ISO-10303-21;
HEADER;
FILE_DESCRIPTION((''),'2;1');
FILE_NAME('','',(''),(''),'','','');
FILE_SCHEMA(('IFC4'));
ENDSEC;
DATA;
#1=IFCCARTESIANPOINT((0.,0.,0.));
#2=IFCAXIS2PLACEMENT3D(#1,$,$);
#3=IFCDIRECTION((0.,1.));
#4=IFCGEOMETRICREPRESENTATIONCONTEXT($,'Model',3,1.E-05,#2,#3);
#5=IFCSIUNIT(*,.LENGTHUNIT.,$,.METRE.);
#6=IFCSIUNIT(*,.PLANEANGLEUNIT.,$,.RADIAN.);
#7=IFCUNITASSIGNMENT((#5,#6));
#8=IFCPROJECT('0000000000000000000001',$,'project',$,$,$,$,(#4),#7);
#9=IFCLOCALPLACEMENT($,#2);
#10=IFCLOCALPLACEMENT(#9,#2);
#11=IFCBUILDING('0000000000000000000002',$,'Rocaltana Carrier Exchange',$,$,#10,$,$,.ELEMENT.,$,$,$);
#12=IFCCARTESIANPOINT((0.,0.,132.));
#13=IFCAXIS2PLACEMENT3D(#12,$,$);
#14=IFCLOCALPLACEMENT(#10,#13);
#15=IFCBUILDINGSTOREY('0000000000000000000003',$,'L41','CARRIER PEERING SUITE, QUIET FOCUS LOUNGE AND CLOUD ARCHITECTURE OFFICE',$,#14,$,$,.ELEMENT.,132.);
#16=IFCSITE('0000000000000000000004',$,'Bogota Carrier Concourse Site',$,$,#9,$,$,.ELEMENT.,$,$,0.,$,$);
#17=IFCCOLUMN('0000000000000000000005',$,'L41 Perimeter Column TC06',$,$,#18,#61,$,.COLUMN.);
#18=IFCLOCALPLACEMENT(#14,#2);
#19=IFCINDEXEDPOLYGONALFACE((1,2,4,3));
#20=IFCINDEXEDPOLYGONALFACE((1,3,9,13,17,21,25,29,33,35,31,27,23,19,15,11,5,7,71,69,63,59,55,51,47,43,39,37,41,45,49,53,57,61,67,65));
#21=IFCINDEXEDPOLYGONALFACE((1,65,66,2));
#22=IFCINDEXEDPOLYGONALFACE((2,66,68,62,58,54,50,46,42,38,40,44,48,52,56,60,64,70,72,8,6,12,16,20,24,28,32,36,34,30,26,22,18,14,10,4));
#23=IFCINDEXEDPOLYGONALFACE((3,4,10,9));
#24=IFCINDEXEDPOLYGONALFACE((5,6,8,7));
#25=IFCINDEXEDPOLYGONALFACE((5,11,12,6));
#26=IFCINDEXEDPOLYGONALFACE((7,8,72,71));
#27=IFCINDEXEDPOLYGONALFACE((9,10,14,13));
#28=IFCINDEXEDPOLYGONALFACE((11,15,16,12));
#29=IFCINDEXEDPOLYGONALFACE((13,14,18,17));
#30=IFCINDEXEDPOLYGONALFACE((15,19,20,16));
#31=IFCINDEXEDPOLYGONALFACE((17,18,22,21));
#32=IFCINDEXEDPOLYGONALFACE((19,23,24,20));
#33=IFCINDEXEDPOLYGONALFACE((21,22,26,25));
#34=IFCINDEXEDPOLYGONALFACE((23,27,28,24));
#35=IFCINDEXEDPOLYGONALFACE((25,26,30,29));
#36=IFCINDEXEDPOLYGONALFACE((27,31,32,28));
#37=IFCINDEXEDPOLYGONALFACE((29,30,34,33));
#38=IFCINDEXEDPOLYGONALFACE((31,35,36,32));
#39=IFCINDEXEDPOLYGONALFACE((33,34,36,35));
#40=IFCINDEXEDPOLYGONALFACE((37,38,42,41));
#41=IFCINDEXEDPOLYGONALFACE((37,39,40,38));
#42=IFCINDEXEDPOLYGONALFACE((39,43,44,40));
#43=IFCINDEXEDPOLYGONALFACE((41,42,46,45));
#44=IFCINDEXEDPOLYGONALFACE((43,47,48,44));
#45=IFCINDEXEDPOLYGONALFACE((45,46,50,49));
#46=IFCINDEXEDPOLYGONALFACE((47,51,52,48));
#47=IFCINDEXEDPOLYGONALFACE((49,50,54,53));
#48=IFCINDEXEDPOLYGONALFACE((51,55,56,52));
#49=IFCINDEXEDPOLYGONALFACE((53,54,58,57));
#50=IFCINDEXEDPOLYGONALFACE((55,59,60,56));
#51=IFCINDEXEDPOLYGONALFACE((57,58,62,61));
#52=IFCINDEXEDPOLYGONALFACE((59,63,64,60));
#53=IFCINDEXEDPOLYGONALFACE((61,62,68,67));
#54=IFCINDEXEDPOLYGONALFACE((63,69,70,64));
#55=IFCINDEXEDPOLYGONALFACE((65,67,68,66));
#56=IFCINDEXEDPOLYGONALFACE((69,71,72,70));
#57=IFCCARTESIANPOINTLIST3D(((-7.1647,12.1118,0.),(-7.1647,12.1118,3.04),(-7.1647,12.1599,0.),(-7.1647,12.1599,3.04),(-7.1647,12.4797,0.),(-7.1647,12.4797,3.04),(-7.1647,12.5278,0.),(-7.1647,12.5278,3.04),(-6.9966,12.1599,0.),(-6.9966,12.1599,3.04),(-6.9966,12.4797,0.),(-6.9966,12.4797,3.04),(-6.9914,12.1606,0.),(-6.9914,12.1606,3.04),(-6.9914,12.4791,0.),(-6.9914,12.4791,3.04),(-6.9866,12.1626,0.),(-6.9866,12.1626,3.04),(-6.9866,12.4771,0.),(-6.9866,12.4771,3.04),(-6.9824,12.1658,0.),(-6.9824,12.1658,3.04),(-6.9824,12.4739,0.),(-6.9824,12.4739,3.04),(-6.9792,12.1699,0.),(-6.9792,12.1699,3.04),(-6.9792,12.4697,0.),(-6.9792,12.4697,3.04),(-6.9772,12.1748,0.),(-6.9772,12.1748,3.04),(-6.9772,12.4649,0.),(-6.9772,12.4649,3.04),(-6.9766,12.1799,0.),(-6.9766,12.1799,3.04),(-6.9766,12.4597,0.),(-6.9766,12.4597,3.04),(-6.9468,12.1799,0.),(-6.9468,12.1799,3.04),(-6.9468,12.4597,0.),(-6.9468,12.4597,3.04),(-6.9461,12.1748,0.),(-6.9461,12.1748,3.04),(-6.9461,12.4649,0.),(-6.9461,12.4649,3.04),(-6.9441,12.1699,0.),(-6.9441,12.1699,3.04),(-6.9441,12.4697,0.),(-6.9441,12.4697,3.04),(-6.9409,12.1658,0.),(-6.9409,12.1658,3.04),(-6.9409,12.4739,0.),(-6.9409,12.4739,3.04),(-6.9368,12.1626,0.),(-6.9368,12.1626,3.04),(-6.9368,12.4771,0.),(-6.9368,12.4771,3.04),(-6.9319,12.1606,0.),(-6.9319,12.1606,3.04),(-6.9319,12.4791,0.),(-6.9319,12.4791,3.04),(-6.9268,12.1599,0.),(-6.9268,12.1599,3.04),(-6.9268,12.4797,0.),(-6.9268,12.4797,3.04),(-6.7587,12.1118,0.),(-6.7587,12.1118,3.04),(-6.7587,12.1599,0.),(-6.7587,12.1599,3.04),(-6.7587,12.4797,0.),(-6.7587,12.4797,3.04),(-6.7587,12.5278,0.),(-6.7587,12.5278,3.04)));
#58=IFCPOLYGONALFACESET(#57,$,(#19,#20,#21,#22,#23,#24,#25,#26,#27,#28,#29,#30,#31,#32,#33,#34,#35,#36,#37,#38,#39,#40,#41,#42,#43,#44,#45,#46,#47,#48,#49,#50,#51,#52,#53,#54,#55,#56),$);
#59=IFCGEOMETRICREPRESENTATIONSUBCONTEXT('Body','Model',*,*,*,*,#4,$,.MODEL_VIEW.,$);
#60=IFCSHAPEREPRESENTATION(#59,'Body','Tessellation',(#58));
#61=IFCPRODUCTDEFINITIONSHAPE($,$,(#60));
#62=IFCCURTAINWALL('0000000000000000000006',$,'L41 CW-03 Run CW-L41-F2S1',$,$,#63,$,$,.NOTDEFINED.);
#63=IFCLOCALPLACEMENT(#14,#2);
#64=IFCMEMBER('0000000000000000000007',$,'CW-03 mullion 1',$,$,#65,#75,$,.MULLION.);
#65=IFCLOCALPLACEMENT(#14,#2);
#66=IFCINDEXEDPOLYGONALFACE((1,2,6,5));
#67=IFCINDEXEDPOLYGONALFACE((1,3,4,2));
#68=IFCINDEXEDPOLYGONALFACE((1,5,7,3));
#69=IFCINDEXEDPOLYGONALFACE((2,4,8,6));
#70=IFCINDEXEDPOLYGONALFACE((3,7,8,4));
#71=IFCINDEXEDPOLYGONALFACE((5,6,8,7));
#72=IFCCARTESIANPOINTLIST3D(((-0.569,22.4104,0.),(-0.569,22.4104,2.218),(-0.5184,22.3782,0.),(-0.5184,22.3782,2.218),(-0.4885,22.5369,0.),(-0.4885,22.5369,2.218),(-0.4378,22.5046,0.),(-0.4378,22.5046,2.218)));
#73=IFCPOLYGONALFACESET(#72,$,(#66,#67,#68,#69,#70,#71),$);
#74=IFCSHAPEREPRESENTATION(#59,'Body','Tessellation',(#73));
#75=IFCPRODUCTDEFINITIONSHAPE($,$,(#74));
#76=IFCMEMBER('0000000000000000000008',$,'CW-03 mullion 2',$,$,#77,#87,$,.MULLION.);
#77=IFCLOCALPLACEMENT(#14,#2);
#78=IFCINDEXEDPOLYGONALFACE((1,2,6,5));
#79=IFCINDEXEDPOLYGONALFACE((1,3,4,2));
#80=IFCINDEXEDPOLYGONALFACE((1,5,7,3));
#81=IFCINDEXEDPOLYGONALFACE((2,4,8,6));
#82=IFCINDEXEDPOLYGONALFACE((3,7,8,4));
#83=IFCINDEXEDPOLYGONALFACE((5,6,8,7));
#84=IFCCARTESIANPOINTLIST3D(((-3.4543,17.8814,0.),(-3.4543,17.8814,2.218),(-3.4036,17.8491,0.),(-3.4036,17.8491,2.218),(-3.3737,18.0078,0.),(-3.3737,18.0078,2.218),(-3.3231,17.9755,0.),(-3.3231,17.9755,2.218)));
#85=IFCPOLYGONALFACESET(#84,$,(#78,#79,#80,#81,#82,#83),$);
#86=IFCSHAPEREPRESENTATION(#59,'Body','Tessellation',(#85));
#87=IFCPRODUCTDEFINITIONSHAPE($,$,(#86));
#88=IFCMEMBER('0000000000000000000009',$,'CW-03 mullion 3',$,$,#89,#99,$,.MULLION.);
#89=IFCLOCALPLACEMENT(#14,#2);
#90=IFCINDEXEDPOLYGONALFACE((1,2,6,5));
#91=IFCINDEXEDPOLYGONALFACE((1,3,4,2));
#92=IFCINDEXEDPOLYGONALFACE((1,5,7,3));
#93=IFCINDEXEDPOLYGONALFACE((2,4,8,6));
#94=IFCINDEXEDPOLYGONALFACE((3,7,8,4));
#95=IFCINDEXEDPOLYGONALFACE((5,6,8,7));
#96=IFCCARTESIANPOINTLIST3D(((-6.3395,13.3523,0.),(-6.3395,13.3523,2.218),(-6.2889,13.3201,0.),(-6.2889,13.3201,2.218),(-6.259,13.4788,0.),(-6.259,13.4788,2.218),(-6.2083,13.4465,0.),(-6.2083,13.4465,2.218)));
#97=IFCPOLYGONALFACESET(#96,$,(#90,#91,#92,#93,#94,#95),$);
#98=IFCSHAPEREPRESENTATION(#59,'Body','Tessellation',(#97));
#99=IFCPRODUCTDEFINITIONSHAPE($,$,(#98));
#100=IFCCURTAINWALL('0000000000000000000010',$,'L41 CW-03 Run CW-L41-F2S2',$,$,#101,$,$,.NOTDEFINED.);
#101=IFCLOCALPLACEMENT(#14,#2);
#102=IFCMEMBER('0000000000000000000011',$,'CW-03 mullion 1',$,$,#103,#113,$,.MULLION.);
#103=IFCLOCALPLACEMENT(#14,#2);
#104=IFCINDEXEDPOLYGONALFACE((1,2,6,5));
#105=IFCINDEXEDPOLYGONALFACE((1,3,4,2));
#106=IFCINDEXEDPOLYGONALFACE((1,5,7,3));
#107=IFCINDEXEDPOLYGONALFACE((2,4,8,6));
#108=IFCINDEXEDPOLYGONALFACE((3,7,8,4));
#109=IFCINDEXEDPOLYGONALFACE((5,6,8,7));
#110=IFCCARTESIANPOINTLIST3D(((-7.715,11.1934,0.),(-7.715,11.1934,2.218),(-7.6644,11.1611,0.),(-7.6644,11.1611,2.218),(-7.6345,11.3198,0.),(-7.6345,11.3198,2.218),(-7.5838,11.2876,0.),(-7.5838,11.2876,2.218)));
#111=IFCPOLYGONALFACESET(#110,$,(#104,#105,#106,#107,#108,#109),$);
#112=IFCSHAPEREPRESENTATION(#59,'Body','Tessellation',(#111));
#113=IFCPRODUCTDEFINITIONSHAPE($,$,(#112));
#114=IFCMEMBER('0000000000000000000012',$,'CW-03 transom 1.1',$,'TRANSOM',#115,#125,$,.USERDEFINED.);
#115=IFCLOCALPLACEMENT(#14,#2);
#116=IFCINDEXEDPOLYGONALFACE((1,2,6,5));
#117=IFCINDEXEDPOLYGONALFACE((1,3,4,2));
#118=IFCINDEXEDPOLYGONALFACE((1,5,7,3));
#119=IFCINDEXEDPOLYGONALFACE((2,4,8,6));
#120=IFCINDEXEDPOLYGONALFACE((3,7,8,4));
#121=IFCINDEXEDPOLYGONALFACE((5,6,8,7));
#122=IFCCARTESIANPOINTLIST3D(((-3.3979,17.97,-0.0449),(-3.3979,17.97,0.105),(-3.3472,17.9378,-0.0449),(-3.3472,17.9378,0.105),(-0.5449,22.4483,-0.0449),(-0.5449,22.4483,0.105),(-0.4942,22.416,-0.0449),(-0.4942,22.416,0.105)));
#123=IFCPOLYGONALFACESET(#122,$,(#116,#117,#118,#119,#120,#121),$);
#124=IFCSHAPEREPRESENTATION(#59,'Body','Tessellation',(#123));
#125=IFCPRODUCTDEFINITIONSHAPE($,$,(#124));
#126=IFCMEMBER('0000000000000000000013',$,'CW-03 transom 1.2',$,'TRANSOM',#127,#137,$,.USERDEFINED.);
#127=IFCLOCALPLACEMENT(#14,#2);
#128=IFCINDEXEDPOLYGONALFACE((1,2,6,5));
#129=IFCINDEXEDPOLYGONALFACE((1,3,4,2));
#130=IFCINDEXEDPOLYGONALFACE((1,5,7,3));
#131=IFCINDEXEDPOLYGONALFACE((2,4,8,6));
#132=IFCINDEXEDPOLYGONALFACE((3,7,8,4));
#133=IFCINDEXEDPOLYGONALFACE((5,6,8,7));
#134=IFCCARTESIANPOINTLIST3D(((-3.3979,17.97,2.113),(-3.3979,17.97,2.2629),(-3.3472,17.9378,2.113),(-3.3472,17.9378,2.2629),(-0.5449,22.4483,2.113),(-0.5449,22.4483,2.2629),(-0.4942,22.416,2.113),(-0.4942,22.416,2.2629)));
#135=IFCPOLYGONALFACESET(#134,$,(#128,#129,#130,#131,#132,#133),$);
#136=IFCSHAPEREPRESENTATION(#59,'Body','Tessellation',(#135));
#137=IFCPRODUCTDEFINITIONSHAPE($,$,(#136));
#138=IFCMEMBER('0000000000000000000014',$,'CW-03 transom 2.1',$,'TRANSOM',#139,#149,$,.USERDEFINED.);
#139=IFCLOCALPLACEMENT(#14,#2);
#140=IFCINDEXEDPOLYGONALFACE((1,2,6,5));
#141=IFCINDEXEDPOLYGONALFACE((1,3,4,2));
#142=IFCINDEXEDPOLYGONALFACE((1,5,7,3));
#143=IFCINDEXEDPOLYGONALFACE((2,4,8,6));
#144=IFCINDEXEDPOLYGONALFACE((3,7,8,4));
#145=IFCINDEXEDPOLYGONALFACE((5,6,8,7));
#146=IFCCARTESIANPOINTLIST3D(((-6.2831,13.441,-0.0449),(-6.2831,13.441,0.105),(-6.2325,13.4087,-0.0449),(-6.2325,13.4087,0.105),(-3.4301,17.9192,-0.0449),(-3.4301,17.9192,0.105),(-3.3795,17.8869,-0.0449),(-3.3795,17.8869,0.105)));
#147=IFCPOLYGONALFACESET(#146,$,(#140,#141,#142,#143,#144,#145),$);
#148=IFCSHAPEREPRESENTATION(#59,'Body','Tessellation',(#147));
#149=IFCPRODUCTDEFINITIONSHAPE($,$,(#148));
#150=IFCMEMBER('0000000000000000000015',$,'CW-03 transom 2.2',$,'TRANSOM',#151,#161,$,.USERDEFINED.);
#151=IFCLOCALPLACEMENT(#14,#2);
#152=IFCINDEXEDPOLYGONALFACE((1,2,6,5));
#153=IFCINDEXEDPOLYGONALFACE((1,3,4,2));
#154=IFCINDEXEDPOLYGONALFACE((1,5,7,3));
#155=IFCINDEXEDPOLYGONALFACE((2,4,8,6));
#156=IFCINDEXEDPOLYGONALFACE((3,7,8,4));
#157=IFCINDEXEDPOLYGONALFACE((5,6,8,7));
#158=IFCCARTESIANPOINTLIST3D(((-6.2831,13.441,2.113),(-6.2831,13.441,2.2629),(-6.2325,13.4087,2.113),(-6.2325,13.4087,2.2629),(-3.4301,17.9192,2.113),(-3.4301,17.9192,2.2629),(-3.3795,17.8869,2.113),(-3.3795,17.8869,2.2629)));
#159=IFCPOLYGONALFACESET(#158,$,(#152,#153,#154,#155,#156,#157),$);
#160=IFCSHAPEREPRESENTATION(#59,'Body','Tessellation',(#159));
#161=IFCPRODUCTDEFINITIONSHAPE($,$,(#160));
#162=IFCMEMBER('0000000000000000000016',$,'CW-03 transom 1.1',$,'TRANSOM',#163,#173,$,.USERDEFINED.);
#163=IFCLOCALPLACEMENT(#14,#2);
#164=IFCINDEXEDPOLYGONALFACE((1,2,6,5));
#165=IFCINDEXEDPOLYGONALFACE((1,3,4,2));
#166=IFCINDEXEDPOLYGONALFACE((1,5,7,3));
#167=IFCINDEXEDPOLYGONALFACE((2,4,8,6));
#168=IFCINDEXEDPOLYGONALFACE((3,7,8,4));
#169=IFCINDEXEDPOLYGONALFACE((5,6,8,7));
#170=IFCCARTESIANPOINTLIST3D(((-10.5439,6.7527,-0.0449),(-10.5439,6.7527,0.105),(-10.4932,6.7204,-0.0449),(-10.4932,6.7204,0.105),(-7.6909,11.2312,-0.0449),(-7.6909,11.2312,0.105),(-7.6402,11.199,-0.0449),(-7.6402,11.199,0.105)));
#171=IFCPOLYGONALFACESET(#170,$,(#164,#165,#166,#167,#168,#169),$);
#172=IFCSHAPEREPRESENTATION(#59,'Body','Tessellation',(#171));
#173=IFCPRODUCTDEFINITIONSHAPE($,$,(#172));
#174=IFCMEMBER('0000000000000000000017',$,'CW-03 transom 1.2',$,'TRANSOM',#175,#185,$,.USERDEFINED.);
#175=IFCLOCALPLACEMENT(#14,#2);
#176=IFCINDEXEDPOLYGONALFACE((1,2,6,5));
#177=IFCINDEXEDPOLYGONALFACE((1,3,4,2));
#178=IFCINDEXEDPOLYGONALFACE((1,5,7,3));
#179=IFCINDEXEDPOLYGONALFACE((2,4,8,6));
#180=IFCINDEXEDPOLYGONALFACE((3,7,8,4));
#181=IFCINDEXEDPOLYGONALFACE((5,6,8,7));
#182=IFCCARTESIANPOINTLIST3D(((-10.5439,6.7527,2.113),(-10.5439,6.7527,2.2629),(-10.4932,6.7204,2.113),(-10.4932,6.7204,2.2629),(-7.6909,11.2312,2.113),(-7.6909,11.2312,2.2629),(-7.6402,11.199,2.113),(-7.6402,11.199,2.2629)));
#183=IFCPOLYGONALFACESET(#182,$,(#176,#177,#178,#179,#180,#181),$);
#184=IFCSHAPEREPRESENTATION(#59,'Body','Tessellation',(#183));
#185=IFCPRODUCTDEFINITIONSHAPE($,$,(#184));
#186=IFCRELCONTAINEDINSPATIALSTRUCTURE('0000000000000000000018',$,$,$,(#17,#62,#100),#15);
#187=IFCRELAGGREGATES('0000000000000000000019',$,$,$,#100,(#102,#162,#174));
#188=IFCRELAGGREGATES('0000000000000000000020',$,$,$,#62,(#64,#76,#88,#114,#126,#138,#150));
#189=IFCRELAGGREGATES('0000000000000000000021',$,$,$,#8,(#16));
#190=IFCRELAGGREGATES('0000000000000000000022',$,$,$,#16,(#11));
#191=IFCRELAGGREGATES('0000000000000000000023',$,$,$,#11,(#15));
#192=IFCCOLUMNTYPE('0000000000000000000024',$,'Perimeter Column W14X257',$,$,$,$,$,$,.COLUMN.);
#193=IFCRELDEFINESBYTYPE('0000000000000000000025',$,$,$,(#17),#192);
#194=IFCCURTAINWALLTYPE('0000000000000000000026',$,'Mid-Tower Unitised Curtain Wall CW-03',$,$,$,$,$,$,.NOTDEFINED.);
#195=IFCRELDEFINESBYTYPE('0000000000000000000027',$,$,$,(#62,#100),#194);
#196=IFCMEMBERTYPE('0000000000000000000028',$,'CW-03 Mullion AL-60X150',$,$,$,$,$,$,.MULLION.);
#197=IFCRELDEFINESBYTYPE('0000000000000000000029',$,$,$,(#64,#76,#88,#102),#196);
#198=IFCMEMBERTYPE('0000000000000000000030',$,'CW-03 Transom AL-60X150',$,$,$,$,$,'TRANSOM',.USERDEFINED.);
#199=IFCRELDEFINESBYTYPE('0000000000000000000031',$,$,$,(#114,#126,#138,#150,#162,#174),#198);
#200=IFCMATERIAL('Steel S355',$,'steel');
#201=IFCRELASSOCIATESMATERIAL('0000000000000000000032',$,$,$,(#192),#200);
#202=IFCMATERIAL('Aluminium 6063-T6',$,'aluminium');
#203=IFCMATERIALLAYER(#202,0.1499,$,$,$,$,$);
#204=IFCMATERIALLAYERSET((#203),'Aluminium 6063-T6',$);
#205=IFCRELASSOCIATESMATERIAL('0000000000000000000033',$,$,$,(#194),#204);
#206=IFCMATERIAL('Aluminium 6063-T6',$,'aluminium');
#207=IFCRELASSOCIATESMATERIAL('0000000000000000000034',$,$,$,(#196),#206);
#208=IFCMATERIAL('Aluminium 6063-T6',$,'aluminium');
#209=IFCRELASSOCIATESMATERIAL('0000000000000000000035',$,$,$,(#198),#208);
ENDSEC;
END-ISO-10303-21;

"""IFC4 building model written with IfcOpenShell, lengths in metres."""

from ifc_helpers import new_model, si_unit, direction, frame, origin, origin_2d, place, context, subcontext, project, spatial, rectangle, i_section, extrude, material, layer, layer_set, material_profile, profile_set, type_object, element, aggregate, save


model = new_model("IFC4")

# Units and contexts
model_context = context("Model", 3, precision=1e-05, world=origin(), true_north=direction((0.0, 1.0)))
body_context = subcontext(model_context, "Body", "Model", "MODEL_VIEW")
ifc_project = project(units=[si_unit("LENGTHUNIT", "METRE"), si_unit("PLANEANGLEUNIT", "RADIAN")], contexts=[model_context])

# Site, building, storey
site_placement = place(None, origin())
site = spatial("IfcSite", under=ifc_project, at=site_placement, Name="Bogota Carrier Concourse Site", CompositionType="ELEMENT", RefElevation=0.0)
building_placement = place(site_placement, origin())
building = spatial("IfcBuilding", under=site, at=building_placement, Name="Rocaltana Carrier Exchange", CompositionType="ELEMENT")
storey_placement = place(building_placement, frame((0.0, 0.0, 132.0)))
storey = spatial("IfcBuildingStorey", under=building, at=storey_placement, Name="L41", Description="CARRIER PEERING SUITE, QUIET FOCUS LOUNGE AND CLOUD ARCHITECTURE OFFICE", CompositionType="ELEMENT", Elevation=132.0)

# Column
ifc_material_1 = material(Name="Steel S355", Category="steel")
ifc_material_profile_1 = material_profile(ifc_material_1, i_section(OverallWidth=0.406, OverallDepth=0.416, WebThickness=0.0298, FlangeThickness=0.0481, FilletRadius=0.02, at=origin_2d()), Name="W14X257")
ifc_profile_set_1 = profile_set([ifc_material_profile_1], Name="Steel S355")
column_type = type_object("IfcColumnType", Name="Perimeter Column W14X257", PredefinedType="COLUMN", material=ifc_profile_set_1)
column_placement = place(storey_placement, frame((-6.9617, 12.3198, 0.0), z_axis=(0.0, 0.0, 1.0), x_axis=(1.0, 0.0, 0.0)))
element("IfcColumn", 1, at=column_placement, inside=storey, type_object=column_type, Name="L41 Perimeter Column TC06", PredefinedType="COLUMN", context=body_context, shape_type="SweptSolid", body=[
    extrude(i_section(OverallWidth=0.406, OverallDepth=0.416, WebThickness=0.0298, FlangeThickness=0.0481, FilletRadius=0.02, at=origin_2d()), origin(), (0.0, 0.0, 1.0), 3.04),
])

# Curtain wall, members
ifc_material_2 = material(Name="Aluminium 6063-T6", Category="aluminium")
ifc_layer_1 = layer(ifc_material_2, 0.1499)
ifc_layer_set_1 = layer_set([ifc_layer_1], Name="Aluminium 6063-T6")
curtain_wall_type = type_object("IfcCurtainWallType", Name="Mid-Tower Unitised Curtain Wall CW-03", PredefinedType="NOTDEFINED", material=ifc_layer_set_1)
curtain_wall_1_placement = place(storey_placement, origin())
curtain_wall_1 = element("IfcCurtainWall", 2, at=curtain_wall_1_placement, inside=storey, type_object=curtain_wall_type, Name="L41 CW-03 Run CW-L41-F2S1", PredefinedType="NOTDEFINED")
ifc_material_3 = material(Name="Aluminium 6063-T6", Category="aluminium")
ifc_material_profile_2 = material_profile(ifc_material_3, rectangle(XDim=0.0601, YDim=0.1499, at=origin_2d()), Name="AL-60X150")
ifc_profile_set_2 = profile_set([ifc_material_profile_2], Name="Aluminium 6063-T6")
member_type_1 = type_object("IfcMemberType", Name="CW-03 Mullion AL-60X150", PredefinedType="MULLION", material=ifc_profile_set_2)
member_1_placement = place(storey_placement, frame((-0.5034, 22.4575, 0.0), z_axis=(0.0, 0.0, 1.0), x_axis=(0.843391, -0.537301, 0.0)))
member_1 = element("IfcMember", 3, at=member_1_placement, type_object=member_type_1, Name="CW-03 mullion 1", PredefinedType="MULLION", context=body_context, shape_type="SweptSolid", body=[
    extrude(rectangle(XDim=0.0601, YDim=0.1499, at=origin_2d()), origin(), (0.0, 0.0, 1.0), 2.218),
])
member_2_placement = place(storey_placement, frame((-3.3887, 17.9285, 0.0), z_axis=(0.0, 0.0, 1.0), x_axis=(0.843391, -0.537301, 0.0)))
member_2 = element("IfcMember", 4, at=member_2_placement, type_object=member_type_1, Name="CW-03 mullion 2", PredefinedType="MULLION", context=body_context, shape_type="SweptSolid", body=[
    extrude(rectangle(XDim=0.0601, YDim=0.1499, at=origin_2d()), origin(), (0.0, 0.0, 1.0), 2.218),
])
member_3_placement = place(storey_placement, frame((-6.2739, 13.3994, 0.0), z_axis=(0.0, 0.0, 1.0), x_axis=(0.843391, -0.537301, 0.0)))
member_3 = element("IfcMember", 5, at=member_3_placement, type_object=member_type_1, Name="CW-03 mullion 3", PredefinedType="MULLION", context=body_context, shape_type="SweptSolid", body=[
    extrude(rectangle(XDim=0.0601, YDim=0.1499, at=origin_2d()), origin(), (0.0, 0.0, 1.0), 2.218),
])

# Curtain wall, member
curtain_wall_2_placement = place(storey_placement, origin())
curtain_wall_2 = element("IfcCurtainWall", 6, at=curtain_wall_2_placement, inside=storey, type_object=curtain_wall_type, Name="L41 CW-03 Run CW-L41-F2S2", PredefinedType="NOTDEFINED")
member_4_placement = place(storey_placement, frame((-7.6494, 11.2405, 0.0), z_axis=(0.0, 0.0, 1.0), x_axis=(0.843391, -0.537301, 0.0)))
member_4 = element("IfcMember", 7, at=member_4_placement, type_object=member_type_1, Name="CW-03 mullion 1", PredefinedType="MULLION", context=body_context, shape_type="SweptSolid", body=[
    extrude(rectangle(XDim=0.0601, YDim=0.1499, at=origin_2d()), origin(), (0.0, 0.0, 1.0), 2.218),
])

# Members
ifc_material_4 = material(Name="Aluminium 6063-T6", Category="aluminium")
ifc_material_profile_3 = material_profile(ifc_material_4, rectangle(XDim=0.0601, YDim=0.1499, at=origin_2d()), Name="AL-60X150")
ifc_profile_set_3 = profile_set([ifc_material_profile_3], Name="Aluminium 6063-T6")
member_type_2 = type_object("IfcMemberType", Name="CW-03 Transom AL-60X150", ElementType="TRANSOM", PredefinedType="USERDEFINED", material=ifc_profile_set_3)
member_5_placement = place(storey_placement, frame((-0.5195, 22.4321, 0.03), z_axis=(-0.537307, -0.843387, 0.0), x_axis=(0.843387, -0.537307, 0.0)))
member_5 = element("IfcMember", 8, at=member_5_placement, type_object=member_type_2, Name="CW-03 transom 1.1", ObjectType="TRANSOM", PredefinedType="USERDEFINED", context=body_context, shape_type="SweptSolid", body=[
    extrude(rectangle(XDim=0.0601, YDim=0.1499, at=origin_2d()), origin(), (0.0, 0.0, 1.0), 5.3098),
])
member_6_placement = place(storey_placement, frame((-0.5195, 22.4321, 2.188), z_axis=(-0.537307, -0.843387, 0.0), x_axis=(0.843387, -0.537307, 0.0)))
member_6 = element("IfcMember", 9, at=member_6_placement, type_object=member_type_2, Name="CW-03 transom 1.2", ObjectType="TRANSOM", PredefinedType="USERDEFINED", context=body_context, shape_type="SweptSolid", body=[
    extrude(rectangle(XDim=0.0601, YDim=0.1499, at=origin_2d()), origin(), (0.0, 0.0, 1.0), 5.3098),
])
member_7_placement = place(storey_placement, frame((-3.4048, 17.9031, 0.03), z_axis=(-0.537307, -0.843387, 0.0), x_axis=(0.843387, -0.537307, 0.0)))
member_7 = element("IfcMember", 10, at=member_7_placement, type_object=member_type_2, Name="CW-03 transom 2.1", ObjectType="TRANSOM", PredefinedType="USERDEFINED", context=body_context, shape_type="SweptSolid", body=[
    extrude(rectangle(XDim=0.0601, YDim=0.1499, at=origin_2d()), origin(), (0.0, 0.0, 1.0), 5.3098),
])
member_8_placement = place(storey_placement, frame((-3.4048, 17.9031, 2.188), z_axis=(-0.537307, -0.843387, 0.0), x_axis=(0.843387, -0.537307, 0.0)))
member_8 = element("IfcMember", 11, at=member_8_placement, type_object=member_type_2, Name="CW-03 transom 2.2", ObjectType="TRANSOM", PredefinedType="USERDEFINED", context=body_context, shape_type="SweptSolid", body=[
    extrude(rectangle(XDim=0.0601, YDim=0.1499, at=origin_2d()), origin(), (0.0, 0.0, 1.0), 5.3098),
])
member_9_placement = place(storey_placement, frame((-7.6655, 11.2151, 0.03), z_axis=(-0.537286, -0.8434, 0.0), x_axis=(0.8434, -0.537286, 0.0)))
member_9 = element("IfcMember", 12, at=member_9_placement, type_object=member_type_2, Name="CW-03 transom 1.1", ObjectType="TRANSOM", PredefinedType="USERDEFINED", context=body_context, shape_type="SweptSolid", body=[
    extrude(rectangle(XDim=0.0601, YDim=0.1499, at=origin_2d()), origin(), (0.0, 0.0, 1.0), 5.3101),
])
member_10_placement = place(storey_placement, frame((-7.6655, 11.2151, 2.188), z_axis=(-0.537286, -0.8434, 0.0), x_axis=(0.8434, -0.537286, 0.0)))
member_10 = element("IfcMember", 13, at=member_10_placement, type_object=member_type_2, Name="CW-03 transom 1.2", ObjectType="TRANSOM", PredefinedType="USERDEFINED", context=body_context, shape_type="SweptSolid", body=[
    extrude(rectangle(XDim=0.0601, YDim=0.1499, at=origin_2d()), origin(), (0.0, 0.0, 1.0), 5.3101),
])
aggregate(curtain_wall_2, [member_4, member_9, member_10])

aggregate(curtain_wall_1, [member_1, member_2, member_3, member_5, member_6, member_7, member_8])

save(model, "model.ifc")
